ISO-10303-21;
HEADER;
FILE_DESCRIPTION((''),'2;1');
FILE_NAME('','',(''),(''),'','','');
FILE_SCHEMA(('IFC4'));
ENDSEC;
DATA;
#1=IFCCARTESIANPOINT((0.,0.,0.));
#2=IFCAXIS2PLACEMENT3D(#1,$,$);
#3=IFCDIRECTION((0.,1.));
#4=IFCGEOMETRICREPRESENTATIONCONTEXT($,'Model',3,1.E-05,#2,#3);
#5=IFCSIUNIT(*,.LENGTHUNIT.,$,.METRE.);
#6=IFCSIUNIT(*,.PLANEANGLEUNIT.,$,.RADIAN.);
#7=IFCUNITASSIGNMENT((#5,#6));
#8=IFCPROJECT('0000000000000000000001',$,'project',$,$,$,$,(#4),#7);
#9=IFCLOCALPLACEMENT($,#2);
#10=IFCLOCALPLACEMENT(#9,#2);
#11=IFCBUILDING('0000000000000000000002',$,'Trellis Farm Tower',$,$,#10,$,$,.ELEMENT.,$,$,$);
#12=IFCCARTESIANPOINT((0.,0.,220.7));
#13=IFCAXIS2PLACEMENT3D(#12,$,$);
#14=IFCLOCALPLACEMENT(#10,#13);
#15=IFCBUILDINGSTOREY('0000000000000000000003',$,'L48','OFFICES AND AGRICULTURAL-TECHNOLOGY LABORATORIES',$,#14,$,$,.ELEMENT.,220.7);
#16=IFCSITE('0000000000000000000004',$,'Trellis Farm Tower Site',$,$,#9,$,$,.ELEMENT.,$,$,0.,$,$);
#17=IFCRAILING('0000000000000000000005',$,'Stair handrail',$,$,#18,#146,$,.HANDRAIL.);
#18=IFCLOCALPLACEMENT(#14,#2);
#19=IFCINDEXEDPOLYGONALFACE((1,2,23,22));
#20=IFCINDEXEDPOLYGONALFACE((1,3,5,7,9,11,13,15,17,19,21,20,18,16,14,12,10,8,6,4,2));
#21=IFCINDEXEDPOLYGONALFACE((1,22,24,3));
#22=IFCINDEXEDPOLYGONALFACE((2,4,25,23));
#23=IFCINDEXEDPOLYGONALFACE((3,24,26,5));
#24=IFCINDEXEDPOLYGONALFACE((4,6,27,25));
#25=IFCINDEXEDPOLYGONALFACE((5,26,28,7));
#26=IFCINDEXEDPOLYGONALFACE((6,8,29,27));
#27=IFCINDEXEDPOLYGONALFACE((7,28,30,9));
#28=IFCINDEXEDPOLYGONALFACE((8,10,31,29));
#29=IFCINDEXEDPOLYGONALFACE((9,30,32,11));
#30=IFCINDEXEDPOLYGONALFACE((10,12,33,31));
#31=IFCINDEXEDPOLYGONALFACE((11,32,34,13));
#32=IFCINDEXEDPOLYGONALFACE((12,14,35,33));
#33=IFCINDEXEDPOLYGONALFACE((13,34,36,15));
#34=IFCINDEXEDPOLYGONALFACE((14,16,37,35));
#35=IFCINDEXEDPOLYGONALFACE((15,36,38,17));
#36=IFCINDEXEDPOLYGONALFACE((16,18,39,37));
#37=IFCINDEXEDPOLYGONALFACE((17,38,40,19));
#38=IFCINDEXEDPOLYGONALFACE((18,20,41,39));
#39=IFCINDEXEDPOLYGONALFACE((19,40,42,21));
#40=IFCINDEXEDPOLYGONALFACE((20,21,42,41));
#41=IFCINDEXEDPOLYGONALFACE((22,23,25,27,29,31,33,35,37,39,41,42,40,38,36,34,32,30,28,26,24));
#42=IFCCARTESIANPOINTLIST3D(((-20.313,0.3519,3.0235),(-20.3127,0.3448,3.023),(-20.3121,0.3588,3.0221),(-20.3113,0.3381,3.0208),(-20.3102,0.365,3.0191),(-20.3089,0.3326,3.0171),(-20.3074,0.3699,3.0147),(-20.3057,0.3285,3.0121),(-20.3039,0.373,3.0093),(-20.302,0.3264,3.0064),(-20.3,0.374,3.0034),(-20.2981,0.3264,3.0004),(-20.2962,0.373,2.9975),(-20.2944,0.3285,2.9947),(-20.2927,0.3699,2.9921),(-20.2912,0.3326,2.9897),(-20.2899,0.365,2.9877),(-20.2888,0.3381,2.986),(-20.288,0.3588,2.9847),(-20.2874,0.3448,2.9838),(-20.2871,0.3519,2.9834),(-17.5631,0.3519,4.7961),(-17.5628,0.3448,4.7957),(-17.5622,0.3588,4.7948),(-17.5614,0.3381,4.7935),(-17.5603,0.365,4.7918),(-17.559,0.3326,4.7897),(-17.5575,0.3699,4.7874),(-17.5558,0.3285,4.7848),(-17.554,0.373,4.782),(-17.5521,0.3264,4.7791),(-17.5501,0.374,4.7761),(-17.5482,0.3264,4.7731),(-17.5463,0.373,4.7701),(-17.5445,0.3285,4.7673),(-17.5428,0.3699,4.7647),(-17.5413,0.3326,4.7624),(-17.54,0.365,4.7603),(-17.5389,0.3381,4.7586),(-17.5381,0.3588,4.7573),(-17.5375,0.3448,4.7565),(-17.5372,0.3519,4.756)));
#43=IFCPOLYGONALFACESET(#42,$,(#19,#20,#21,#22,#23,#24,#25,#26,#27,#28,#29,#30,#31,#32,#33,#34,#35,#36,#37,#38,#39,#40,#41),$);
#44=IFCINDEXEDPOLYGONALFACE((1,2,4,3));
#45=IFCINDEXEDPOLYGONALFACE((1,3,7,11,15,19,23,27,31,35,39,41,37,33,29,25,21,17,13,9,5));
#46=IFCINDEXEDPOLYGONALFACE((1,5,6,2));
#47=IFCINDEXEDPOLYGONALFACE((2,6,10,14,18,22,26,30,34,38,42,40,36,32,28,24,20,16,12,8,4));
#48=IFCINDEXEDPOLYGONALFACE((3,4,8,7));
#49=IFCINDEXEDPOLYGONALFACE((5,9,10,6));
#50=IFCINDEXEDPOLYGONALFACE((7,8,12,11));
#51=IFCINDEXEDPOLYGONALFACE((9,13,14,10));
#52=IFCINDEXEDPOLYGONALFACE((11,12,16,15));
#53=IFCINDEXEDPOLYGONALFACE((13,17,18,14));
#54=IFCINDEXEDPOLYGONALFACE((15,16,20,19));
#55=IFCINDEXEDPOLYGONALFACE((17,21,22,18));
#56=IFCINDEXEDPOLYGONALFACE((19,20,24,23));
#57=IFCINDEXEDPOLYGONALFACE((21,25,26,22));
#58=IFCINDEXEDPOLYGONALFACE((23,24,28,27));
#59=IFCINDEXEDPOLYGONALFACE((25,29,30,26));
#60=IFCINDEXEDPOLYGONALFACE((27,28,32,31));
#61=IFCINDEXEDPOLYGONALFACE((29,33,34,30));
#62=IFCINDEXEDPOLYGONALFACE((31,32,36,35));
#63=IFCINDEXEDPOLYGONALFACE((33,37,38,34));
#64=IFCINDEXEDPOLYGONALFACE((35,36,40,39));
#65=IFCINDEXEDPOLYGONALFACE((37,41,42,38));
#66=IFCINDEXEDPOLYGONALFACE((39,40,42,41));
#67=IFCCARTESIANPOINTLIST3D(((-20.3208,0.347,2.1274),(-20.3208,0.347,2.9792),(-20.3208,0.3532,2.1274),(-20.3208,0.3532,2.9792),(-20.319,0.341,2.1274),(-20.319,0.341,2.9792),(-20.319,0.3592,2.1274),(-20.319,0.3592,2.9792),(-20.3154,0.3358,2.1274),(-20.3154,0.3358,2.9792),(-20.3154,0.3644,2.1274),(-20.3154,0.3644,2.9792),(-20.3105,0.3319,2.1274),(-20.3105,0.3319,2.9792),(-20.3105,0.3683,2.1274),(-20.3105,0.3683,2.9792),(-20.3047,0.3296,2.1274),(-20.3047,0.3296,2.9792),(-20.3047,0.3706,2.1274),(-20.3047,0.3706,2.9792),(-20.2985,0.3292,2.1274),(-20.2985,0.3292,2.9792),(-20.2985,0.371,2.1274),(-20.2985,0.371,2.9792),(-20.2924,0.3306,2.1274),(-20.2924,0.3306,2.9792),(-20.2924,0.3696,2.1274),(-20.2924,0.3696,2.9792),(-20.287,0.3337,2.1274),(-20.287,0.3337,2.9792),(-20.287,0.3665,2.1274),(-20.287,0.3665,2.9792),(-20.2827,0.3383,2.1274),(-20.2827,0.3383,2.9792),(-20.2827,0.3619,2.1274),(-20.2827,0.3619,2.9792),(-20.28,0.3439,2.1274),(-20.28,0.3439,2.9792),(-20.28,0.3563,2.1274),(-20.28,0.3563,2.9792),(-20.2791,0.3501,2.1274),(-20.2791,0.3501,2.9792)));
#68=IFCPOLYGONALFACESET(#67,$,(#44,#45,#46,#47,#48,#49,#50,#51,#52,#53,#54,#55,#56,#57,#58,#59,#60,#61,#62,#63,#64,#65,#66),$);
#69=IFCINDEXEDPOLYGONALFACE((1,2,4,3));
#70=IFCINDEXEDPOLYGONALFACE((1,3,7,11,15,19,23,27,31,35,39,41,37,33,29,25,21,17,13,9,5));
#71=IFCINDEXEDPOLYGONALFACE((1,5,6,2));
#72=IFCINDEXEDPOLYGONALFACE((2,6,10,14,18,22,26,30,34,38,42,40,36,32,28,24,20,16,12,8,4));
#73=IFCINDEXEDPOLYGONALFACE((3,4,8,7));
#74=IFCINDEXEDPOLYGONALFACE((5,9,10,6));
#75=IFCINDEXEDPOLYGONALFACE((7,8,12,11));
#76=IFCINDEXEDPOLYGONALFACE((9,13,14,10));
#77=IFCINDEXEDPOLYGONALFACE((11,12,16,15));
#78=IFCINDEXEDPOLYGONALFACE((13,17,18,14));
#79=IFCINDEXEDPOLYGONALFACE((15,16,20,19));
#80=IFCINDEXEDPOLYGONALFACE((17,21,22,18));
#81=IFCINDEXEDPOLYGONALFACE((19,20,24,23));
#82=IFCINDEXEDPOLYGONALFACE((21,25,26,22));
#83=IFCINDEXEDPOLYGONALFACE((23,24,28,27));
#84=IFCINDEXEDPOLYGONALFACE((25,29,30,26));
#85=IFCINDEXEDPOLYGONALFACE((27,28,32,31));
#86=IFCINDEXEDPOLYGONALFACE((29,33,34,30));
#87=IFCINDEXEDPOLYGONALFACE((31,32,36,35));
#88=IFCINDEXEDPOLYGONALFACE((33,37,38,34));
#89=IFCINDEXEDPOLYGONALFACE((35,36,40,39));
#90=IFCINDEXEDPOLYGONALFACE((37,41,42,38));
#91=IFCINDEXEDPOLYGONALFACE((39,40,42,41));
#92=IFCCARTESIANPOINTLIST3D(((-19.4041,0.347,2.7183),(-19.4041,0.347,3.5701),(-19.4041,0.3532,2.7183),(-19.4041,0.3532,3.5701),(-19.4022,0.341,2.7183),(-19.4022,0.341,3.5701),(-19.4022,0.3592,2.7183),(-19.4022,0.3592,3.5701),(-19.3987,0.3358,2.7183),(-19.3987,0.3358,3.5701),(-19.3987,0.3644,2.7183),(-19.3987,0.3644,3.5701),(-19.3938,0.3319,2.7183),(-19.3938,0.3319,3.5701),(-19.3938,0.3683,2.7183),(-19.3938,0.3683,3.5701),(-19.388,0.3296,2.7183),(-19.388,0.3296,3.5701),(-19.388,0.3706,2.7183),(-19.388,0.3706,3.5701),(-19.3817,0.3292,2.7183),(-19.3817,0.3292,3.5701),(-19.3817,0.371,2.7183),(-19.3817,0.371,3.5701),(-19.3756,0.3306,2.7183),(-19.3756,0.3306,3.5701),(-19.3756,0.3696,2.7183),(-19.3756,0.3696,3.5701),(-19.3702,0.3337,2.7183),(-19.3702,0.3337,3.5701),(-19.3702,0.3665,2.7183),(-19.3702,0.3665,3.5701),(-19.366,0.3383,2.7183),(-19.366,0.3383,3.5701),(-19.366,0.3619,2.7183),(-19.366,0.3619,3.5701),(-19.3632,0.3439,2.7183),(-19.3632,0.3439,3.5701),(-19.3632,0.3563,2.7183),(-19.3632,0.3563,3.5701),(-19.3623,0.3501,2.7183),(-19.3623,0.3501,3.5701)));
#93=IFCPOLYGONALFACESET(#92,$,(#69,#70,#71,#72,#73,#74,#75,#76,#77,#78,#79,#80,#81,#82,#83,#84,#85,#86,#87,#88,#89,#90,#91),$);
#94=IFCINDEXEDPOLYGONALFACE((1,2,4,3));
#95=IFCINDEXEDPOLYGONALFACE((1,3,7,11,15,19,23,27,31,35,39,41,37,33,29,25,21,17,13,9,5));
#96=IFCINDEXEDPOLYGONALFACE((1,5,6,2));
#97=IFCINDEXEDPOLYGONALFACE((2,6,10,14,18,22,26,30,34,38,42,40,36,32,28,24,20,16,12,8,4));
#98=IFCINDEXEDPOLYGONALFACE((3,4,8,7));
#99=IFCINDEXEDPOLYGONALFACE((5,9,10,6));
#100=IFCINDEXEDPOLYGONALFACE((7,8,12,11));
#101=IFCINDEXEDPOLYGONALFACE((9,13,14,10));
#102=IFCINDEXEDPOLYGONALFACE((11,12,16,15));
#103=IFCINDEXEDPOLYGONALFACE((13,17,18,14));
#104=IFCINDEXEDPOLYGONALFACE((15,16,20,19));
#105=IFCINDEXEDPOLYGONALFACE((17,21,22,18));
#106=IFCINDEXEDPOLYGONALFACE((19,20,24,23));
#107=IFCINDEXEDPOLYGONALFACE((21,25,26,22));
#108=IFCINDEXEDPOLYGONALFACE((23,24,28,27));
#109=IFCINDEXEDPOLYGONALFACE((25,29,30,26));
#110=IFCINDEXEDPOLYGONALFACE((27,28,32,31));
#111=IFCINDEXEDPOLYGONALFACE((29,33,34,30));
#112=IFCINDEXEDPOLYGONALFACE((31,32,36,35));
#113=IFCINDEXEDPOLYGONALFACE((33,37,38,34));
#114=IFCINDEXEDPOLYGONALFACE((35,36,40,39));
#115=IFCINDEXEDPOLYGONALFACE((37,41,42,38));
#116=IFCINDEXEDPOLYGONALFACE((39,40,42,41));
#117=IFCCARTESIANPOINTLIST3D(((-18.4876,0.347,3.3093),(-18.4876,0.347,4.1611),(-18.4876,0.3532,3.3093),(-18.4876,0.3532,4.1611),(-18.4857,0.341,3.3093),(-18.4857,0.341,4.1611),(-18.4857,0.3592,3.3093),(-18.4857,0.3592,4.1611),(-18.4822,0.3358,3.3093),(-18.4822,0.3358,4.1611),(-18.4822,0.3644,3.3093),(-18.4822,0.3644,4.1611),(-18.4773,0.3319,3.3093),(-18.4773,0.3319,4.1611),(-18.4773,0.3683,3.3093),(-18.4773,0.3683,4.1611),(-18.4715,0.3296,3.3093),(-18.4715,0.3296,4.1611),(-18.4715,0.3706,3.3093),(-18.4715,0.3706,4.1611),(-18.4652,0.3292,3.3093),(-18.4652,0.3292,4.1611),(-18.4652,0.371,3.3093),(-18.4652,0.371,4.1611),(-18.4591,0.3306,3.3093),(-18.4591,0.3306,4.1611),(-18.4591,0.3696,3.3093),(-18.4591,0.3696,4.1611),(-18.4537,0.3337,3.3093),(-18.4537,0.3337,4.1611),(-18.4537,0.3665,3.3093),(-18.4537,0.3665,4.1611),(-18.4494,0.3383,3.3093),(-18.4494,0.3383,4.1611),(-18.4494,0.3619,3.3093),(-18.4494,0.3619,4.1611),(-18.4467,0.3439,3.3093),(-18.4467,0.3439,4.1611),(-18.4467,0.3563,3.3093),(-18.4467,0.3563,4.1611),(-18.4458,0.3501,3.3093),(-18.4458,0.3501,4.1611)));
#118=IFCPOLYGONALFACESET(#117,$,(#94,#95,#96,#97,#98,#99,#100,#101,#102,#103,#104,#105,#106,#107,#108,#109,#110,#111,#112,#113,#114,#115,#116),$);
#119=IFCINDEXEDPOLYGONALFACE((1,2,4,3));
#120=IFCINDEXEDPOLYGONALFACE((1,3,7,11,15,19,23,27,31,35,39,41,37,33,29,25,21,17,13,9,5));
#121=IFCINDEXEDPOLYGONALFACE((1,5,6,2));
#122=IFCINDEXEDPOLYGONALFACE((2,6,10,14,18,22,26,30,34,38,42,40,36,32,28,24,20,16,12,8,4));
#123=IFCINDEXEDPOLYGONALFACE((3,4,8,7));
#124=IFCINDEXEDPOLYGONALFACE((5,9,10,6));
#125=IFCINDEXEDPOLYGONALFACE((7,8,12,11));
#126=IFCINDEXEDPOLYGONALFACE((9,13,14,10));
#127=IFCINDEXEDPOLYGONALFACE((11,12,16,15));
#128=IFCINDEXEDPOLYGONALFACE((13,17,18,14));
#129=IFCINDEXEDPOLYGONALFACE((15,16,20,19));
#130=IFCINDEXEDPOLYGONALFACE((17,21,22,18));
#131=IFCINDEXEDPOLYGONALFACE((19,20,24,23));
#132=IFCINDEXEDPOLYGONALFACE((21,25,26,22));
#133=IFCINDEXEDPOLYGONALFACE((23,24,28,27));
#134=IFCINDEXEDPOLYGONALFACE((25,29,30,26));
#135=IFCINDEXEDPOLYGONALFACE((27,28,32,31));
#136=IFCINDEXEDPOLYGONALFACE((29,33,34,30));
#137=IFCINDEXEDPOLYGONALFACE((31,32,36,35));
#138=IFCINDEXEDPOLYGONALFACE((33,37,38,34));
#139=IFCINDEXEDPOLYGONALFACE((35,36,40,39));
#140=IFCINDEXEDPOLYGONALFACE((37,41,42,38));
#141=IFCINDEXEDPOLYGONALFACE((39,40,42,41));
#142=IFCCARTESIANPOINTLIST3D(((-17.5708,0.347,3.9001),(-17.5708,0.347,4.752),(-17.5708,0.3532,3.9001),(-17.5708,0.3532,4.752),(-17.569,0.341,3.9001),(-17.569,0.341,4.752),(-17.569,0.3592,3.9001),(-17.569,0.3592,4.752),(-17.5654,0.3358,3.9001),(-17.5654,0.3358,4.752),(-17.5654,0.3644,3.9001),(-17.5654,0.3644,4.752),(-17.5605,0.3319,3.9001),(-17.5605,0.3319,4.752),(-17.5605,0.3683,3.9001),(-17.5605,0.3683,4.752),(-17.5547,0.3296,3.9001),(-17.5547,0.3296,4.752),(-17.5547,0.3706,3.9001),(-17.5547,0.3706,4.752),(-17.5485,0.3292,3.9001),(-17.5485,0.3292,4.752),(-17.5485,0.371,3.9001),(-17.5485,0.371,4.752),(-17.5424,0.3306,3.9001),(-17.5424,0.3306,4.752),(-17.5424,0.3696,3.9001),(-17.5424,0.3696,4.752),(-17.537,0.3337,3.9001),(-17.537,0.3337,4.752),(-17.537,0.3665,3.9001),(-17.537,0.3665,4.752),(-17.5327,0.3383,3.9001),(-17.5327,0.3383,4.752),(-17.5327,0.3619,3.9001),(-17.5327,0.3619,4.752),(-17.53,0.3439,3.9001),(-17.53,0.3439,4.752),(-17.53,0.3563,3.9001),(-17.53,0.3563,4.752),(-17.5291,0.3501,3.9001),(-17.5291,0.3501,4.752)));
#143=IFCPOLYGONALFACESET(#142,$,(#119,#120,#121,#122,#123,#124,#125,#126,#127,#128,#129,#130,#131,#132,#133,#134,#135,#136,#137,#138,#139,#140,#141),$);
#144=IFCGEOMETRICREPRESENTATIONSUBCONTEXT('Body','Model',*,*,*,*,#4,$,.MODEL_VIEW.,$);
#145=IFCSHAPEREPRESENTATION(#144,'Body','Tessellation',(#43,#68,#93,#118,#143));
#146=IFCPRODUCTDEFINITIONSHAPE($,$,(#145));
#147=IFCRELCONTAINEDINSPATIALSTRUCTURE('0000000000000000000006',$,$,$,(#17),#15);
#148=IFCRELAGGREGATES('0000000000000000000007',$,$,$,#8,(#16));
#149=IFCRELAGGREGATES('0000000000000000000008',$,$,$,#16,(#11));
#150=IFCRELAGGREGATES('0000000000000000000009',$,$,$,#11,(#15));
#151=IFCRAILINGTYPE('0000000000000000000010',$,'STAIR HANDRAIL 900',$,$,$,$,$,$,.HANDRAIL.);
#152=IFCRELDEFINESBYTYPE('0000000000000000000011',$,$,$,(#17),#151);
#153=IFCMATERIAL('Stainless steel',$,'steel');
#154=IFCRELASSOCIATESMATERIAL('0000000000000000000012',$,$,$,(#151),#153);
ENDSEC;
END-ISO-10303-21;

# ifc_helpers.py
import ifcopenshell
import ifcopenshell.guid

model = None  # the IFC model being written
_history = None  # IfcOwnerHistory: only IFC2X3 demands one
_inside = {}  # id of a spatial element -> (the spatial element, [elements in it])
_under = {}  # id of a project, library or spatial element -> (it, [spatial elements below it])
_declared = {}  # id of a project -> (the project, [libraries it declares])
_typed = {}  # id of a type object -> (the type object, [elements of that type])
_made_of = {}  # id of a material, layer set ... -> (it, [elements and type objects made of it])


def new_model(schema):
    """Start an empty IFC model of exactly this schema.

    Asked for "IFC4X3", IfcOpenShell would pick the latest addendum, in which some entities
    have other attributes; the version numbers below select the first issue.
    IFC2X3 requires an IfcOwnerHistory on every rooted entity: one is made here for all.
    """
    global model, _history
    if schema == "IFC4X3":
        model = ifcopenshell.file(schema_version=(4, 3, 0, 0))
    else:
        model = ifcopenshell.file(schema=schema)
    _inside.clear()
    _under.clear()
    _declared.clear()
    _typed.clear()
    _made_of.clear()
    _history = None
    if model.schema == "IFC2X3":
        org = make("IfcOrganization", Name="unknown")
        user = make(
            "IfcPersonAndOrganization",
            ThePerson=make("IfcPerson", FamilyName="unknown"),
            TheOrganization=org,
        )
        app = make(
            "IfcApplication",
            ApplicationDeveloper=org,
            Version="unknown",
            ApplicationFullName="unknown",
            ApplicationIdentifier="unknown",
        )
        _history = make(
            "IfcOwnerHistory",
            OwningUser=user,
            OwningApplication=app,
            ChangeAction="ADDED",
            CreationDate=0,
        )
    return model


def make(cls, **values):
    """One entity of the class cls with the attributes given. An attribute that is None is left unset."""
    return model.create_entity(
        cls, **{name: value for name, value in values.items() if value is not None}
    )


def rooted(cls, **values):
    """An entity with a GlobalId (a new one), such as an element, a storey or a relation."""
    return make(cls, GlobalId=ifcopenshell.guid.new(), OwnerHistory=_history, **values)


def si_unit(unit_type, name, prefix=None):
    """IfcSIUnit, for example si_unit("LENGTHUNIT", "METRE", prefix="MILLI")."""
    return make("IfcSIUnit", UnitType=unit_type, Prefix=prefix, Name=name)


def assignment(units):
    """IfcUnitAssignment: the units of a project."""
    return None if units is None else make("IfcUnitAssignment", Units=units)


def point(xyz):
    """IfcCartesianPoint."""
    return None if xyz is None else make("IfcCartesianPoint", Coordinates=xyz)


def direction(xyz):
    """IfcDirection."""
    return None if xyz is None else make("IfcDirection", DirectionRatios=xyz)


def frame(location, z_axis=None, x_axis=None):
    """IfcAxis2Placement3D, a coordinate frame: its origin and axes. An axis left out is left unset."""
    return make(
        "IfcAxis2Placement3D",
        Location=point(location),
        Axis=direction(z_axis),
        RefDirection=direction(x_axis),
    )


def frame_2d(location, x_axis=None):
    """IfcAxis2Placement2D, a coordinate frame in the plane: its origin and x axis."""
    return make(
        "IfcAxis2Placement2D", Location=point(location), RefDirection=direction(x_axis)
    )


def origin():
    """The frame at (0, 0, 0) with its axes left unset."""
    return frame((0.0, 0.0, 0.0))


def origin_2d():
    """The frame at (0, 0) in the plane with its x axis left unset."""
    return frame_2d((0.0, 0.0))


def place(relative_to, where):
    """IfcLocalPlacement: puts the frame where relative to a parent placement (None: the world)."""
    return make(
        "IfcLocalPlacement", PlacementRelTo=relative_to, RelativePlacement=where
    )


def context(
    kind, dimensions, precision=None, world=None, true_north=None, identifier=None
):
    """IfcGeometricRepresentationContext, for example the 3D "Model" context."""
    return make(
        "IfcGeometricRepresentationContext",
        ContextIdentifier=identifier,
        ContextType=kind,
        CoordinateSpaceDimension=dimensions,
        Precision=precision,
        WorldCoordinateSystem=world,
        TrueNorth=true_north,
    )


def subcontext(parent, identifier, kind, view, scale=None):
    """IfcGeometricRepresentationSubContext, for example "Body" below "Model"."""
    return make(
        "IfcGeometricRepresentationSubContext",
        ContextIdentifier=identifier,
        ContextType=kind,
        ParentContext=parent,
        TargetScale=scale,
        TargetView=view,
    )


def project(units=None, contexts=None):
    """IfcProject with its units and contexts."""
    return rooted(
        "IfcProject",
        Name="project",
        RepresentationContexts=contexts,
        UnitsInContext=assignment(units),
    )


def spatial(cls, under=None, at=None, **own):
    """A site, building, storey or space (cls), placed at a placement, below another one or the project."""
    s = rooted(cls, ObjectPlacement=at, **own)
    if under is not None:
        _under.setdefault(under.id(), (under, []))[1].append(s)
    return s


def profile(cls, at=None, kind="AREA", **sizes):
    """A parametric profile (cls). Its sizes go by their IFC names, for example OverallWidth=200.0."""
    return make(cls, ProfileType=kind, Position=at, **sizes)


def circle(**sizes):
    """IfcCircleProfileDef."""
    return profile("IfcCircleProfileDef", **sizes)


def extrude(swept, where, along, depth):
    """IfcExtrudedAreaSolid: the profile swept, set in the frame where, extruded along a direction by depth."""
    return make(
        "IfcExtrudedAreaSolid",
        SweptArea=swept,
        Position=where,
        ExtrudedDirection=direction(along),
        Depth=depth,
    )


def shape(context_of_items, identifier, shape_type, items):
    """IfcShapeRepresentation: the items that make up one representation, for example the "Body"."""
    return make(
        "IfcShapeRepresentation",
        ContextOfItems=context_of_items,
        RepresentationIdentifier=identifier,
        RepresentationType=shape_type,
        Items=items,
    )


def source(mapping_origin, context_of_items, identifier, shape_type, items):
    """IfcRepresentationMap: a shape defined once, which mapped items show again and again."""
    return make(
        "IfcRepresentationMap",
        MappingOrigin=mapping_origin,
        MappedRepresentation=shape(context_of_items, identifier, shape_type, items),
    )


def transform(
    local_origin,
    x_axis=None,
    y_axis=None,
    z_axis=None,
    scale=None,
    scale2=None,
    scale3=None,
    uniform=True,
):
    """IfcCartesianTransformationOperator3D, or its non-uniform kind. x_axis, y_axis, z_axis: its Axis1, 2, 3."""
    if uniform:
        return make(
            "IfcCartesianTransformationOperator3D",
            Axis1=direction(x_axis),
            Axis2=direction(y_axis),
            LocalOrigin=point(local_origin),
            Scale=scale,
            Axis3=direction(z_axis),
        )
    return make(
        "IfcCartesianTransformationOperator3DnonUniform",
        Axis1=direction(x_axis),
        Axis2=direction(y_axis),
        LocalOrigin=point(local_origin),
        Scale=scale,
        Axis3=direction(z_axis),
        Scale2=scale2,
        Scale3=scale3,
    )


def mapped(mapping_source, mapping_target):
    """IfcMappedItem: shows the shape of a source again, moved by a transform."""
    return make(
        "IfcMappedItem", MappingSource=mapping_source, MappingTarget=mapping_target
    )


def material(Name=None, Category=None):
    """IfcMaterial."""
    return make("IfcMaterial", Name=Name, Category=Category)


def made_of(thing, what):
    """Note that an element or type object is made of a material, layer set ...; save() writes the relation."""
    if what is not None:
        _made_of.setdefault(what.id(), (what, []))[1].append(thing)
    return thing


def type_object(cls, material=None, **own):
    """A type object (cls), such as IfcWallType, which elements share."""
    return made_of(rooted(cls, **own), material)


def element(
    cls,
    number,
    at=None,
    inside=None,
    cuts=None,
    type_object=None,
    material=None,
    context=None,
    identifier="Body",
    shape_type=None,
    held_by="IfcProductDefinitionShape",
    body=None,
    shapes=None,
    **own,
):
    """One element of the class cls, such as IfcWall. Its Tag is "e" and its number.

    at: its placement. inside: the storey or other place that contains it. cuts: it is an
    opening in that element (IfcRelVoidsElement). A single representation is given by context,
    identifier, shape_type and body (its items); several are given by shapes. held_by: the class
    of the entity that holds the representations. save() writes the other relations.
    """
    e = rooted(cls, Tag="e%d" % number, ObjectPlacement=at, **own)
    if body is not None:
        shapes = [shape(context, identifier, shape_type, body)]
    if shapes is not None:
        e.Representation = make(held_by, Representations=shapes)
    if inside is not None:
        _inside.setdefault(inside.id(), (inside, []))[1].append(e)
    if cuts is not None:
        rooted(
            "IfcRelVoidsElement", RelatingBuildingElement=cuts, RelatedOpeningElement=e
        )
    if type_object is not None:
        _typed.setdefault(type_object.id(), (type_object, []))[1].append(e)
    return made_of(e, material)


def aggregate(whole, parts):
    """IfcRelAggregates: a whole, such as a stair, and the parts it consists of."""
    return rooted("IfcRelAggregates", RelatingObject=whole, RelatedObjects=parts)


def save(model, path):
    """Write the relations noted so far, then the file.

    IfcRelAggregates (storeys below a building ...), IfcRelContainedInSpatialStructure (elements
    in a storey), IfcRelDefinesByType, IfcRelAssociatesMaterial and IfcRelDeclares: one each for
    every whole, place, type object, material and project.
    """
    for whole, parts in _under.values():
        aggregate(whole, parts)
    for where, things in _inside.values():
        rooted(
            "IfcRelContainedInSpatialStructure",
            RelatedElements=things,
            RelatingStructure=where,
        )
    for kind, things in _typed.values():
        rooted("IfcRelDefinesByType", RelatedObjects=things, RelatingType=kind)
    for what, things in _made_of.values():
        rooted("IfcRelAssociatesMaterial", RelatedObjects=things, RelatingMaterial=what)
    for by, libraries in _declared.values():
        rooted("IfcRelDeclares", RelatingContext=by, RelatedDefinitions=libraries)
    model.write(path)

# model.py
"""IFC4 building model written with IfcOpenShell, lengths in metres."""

from ifc_helpers import new_model, si_unit, direction, frame, origin, origin_2d, place, context, subcontext, project, spatial, circle, extrude, source, transform, mapped, material, type_object, element, save


model = new_model("IFC4")

# Units and contexts
model_context = context("Model", 3, precision=1e-05, world=origin(), true_north=direction((0.0, 1.0)))
body_context = subcontext(model_context, "Body", "Model", "MODEL_VIEW")
ifc_project = project(units=[si_unit("LENGTHUNIT", "METRE"), si_unit("PLANEANGLEUNIT", "RADIAN")], contexts=[model_context])

# Site, building, storey
site_placement = place(None, origin())
site = spatial("IfcSite", under=ifc_project, at=site_placement, Name="Trellis Farm Tower Site", CompositionType="ELEMENT", RefElevation=0.0)
building_placement = place(site_placement, origin())
building = spatial("IfcBuilding", under=site, at=building_placement, Name="Trellis Farm Tower", CompositionType="ELEMENT")
storey_placement = place(building_placement, frame((0.0, 0.0, 220.7)))
storey = spatial("IfcBuildingStorey", under=building, at=storey_placement, Name="L48", Description="OFFICES AND AGRICULTURAL-TECHNOLOGY LABORATORIES", CompositionType="ELEMENT", Elevation=220.7)

# Railing
ifc_material_1 = material(Name="Stainless steel", Category="steel")
railing_type = type_object("IfcRailingType", Name="STAIR HANDRAIL 900", PredefinedType="HANDRAIL", material=ifc_material_1)
shared_shape_1 = source(origin(), body_context, "Body", "SweptSolid", [
    extrude(circle(Radius=0.0239, at=origin_2d()), frame((0.0, 0.0, 0.876), z_axis=(0.840504, 0.0, 0.541806), x_axis=(0.0, 1.0, 0.0)), (0.0, 0.0, 1.0), 3.2717),
    extrude(circle(Radius=0.021, at=origin_2d()), origin(), (0.0, 0.0, 1.0), 0.8518),
    extrude(circle(Radius=0.021, at=origin_2d()), frame((0.9167, 0.0, 0.5908)), (0.0, 0.0, 1.0), 0.8518),
    extrude(circle(Radius=0.021, at=origin_2d()), frame((1.8333, 0.0, 1.1819)), (0.0, 0.0, 1.0), 0.8518),
    extrude(circle(Radius=0.021, at=origin_2d()), frame((2.75, 0.0, 1.7727)), (0.0, 0.0, 1.0), 0.8518),
])
for number, where, name in (
    (1, (-20.3, 0.3501, 2.1274), "Stair handrail"),
):
    element("IfcRailing", number, at=place(storey_placement, frame(where)), inside=storey, type_object=railing_type, Name=name, PredefinedType="HANDRAIL", context=body_context, shape_type="MappedRepresentation", body=[
        mapped(shared_shape_1, transform((0.0, 0.0, 0.0))),
    ])

save(model, "model.ifc")
